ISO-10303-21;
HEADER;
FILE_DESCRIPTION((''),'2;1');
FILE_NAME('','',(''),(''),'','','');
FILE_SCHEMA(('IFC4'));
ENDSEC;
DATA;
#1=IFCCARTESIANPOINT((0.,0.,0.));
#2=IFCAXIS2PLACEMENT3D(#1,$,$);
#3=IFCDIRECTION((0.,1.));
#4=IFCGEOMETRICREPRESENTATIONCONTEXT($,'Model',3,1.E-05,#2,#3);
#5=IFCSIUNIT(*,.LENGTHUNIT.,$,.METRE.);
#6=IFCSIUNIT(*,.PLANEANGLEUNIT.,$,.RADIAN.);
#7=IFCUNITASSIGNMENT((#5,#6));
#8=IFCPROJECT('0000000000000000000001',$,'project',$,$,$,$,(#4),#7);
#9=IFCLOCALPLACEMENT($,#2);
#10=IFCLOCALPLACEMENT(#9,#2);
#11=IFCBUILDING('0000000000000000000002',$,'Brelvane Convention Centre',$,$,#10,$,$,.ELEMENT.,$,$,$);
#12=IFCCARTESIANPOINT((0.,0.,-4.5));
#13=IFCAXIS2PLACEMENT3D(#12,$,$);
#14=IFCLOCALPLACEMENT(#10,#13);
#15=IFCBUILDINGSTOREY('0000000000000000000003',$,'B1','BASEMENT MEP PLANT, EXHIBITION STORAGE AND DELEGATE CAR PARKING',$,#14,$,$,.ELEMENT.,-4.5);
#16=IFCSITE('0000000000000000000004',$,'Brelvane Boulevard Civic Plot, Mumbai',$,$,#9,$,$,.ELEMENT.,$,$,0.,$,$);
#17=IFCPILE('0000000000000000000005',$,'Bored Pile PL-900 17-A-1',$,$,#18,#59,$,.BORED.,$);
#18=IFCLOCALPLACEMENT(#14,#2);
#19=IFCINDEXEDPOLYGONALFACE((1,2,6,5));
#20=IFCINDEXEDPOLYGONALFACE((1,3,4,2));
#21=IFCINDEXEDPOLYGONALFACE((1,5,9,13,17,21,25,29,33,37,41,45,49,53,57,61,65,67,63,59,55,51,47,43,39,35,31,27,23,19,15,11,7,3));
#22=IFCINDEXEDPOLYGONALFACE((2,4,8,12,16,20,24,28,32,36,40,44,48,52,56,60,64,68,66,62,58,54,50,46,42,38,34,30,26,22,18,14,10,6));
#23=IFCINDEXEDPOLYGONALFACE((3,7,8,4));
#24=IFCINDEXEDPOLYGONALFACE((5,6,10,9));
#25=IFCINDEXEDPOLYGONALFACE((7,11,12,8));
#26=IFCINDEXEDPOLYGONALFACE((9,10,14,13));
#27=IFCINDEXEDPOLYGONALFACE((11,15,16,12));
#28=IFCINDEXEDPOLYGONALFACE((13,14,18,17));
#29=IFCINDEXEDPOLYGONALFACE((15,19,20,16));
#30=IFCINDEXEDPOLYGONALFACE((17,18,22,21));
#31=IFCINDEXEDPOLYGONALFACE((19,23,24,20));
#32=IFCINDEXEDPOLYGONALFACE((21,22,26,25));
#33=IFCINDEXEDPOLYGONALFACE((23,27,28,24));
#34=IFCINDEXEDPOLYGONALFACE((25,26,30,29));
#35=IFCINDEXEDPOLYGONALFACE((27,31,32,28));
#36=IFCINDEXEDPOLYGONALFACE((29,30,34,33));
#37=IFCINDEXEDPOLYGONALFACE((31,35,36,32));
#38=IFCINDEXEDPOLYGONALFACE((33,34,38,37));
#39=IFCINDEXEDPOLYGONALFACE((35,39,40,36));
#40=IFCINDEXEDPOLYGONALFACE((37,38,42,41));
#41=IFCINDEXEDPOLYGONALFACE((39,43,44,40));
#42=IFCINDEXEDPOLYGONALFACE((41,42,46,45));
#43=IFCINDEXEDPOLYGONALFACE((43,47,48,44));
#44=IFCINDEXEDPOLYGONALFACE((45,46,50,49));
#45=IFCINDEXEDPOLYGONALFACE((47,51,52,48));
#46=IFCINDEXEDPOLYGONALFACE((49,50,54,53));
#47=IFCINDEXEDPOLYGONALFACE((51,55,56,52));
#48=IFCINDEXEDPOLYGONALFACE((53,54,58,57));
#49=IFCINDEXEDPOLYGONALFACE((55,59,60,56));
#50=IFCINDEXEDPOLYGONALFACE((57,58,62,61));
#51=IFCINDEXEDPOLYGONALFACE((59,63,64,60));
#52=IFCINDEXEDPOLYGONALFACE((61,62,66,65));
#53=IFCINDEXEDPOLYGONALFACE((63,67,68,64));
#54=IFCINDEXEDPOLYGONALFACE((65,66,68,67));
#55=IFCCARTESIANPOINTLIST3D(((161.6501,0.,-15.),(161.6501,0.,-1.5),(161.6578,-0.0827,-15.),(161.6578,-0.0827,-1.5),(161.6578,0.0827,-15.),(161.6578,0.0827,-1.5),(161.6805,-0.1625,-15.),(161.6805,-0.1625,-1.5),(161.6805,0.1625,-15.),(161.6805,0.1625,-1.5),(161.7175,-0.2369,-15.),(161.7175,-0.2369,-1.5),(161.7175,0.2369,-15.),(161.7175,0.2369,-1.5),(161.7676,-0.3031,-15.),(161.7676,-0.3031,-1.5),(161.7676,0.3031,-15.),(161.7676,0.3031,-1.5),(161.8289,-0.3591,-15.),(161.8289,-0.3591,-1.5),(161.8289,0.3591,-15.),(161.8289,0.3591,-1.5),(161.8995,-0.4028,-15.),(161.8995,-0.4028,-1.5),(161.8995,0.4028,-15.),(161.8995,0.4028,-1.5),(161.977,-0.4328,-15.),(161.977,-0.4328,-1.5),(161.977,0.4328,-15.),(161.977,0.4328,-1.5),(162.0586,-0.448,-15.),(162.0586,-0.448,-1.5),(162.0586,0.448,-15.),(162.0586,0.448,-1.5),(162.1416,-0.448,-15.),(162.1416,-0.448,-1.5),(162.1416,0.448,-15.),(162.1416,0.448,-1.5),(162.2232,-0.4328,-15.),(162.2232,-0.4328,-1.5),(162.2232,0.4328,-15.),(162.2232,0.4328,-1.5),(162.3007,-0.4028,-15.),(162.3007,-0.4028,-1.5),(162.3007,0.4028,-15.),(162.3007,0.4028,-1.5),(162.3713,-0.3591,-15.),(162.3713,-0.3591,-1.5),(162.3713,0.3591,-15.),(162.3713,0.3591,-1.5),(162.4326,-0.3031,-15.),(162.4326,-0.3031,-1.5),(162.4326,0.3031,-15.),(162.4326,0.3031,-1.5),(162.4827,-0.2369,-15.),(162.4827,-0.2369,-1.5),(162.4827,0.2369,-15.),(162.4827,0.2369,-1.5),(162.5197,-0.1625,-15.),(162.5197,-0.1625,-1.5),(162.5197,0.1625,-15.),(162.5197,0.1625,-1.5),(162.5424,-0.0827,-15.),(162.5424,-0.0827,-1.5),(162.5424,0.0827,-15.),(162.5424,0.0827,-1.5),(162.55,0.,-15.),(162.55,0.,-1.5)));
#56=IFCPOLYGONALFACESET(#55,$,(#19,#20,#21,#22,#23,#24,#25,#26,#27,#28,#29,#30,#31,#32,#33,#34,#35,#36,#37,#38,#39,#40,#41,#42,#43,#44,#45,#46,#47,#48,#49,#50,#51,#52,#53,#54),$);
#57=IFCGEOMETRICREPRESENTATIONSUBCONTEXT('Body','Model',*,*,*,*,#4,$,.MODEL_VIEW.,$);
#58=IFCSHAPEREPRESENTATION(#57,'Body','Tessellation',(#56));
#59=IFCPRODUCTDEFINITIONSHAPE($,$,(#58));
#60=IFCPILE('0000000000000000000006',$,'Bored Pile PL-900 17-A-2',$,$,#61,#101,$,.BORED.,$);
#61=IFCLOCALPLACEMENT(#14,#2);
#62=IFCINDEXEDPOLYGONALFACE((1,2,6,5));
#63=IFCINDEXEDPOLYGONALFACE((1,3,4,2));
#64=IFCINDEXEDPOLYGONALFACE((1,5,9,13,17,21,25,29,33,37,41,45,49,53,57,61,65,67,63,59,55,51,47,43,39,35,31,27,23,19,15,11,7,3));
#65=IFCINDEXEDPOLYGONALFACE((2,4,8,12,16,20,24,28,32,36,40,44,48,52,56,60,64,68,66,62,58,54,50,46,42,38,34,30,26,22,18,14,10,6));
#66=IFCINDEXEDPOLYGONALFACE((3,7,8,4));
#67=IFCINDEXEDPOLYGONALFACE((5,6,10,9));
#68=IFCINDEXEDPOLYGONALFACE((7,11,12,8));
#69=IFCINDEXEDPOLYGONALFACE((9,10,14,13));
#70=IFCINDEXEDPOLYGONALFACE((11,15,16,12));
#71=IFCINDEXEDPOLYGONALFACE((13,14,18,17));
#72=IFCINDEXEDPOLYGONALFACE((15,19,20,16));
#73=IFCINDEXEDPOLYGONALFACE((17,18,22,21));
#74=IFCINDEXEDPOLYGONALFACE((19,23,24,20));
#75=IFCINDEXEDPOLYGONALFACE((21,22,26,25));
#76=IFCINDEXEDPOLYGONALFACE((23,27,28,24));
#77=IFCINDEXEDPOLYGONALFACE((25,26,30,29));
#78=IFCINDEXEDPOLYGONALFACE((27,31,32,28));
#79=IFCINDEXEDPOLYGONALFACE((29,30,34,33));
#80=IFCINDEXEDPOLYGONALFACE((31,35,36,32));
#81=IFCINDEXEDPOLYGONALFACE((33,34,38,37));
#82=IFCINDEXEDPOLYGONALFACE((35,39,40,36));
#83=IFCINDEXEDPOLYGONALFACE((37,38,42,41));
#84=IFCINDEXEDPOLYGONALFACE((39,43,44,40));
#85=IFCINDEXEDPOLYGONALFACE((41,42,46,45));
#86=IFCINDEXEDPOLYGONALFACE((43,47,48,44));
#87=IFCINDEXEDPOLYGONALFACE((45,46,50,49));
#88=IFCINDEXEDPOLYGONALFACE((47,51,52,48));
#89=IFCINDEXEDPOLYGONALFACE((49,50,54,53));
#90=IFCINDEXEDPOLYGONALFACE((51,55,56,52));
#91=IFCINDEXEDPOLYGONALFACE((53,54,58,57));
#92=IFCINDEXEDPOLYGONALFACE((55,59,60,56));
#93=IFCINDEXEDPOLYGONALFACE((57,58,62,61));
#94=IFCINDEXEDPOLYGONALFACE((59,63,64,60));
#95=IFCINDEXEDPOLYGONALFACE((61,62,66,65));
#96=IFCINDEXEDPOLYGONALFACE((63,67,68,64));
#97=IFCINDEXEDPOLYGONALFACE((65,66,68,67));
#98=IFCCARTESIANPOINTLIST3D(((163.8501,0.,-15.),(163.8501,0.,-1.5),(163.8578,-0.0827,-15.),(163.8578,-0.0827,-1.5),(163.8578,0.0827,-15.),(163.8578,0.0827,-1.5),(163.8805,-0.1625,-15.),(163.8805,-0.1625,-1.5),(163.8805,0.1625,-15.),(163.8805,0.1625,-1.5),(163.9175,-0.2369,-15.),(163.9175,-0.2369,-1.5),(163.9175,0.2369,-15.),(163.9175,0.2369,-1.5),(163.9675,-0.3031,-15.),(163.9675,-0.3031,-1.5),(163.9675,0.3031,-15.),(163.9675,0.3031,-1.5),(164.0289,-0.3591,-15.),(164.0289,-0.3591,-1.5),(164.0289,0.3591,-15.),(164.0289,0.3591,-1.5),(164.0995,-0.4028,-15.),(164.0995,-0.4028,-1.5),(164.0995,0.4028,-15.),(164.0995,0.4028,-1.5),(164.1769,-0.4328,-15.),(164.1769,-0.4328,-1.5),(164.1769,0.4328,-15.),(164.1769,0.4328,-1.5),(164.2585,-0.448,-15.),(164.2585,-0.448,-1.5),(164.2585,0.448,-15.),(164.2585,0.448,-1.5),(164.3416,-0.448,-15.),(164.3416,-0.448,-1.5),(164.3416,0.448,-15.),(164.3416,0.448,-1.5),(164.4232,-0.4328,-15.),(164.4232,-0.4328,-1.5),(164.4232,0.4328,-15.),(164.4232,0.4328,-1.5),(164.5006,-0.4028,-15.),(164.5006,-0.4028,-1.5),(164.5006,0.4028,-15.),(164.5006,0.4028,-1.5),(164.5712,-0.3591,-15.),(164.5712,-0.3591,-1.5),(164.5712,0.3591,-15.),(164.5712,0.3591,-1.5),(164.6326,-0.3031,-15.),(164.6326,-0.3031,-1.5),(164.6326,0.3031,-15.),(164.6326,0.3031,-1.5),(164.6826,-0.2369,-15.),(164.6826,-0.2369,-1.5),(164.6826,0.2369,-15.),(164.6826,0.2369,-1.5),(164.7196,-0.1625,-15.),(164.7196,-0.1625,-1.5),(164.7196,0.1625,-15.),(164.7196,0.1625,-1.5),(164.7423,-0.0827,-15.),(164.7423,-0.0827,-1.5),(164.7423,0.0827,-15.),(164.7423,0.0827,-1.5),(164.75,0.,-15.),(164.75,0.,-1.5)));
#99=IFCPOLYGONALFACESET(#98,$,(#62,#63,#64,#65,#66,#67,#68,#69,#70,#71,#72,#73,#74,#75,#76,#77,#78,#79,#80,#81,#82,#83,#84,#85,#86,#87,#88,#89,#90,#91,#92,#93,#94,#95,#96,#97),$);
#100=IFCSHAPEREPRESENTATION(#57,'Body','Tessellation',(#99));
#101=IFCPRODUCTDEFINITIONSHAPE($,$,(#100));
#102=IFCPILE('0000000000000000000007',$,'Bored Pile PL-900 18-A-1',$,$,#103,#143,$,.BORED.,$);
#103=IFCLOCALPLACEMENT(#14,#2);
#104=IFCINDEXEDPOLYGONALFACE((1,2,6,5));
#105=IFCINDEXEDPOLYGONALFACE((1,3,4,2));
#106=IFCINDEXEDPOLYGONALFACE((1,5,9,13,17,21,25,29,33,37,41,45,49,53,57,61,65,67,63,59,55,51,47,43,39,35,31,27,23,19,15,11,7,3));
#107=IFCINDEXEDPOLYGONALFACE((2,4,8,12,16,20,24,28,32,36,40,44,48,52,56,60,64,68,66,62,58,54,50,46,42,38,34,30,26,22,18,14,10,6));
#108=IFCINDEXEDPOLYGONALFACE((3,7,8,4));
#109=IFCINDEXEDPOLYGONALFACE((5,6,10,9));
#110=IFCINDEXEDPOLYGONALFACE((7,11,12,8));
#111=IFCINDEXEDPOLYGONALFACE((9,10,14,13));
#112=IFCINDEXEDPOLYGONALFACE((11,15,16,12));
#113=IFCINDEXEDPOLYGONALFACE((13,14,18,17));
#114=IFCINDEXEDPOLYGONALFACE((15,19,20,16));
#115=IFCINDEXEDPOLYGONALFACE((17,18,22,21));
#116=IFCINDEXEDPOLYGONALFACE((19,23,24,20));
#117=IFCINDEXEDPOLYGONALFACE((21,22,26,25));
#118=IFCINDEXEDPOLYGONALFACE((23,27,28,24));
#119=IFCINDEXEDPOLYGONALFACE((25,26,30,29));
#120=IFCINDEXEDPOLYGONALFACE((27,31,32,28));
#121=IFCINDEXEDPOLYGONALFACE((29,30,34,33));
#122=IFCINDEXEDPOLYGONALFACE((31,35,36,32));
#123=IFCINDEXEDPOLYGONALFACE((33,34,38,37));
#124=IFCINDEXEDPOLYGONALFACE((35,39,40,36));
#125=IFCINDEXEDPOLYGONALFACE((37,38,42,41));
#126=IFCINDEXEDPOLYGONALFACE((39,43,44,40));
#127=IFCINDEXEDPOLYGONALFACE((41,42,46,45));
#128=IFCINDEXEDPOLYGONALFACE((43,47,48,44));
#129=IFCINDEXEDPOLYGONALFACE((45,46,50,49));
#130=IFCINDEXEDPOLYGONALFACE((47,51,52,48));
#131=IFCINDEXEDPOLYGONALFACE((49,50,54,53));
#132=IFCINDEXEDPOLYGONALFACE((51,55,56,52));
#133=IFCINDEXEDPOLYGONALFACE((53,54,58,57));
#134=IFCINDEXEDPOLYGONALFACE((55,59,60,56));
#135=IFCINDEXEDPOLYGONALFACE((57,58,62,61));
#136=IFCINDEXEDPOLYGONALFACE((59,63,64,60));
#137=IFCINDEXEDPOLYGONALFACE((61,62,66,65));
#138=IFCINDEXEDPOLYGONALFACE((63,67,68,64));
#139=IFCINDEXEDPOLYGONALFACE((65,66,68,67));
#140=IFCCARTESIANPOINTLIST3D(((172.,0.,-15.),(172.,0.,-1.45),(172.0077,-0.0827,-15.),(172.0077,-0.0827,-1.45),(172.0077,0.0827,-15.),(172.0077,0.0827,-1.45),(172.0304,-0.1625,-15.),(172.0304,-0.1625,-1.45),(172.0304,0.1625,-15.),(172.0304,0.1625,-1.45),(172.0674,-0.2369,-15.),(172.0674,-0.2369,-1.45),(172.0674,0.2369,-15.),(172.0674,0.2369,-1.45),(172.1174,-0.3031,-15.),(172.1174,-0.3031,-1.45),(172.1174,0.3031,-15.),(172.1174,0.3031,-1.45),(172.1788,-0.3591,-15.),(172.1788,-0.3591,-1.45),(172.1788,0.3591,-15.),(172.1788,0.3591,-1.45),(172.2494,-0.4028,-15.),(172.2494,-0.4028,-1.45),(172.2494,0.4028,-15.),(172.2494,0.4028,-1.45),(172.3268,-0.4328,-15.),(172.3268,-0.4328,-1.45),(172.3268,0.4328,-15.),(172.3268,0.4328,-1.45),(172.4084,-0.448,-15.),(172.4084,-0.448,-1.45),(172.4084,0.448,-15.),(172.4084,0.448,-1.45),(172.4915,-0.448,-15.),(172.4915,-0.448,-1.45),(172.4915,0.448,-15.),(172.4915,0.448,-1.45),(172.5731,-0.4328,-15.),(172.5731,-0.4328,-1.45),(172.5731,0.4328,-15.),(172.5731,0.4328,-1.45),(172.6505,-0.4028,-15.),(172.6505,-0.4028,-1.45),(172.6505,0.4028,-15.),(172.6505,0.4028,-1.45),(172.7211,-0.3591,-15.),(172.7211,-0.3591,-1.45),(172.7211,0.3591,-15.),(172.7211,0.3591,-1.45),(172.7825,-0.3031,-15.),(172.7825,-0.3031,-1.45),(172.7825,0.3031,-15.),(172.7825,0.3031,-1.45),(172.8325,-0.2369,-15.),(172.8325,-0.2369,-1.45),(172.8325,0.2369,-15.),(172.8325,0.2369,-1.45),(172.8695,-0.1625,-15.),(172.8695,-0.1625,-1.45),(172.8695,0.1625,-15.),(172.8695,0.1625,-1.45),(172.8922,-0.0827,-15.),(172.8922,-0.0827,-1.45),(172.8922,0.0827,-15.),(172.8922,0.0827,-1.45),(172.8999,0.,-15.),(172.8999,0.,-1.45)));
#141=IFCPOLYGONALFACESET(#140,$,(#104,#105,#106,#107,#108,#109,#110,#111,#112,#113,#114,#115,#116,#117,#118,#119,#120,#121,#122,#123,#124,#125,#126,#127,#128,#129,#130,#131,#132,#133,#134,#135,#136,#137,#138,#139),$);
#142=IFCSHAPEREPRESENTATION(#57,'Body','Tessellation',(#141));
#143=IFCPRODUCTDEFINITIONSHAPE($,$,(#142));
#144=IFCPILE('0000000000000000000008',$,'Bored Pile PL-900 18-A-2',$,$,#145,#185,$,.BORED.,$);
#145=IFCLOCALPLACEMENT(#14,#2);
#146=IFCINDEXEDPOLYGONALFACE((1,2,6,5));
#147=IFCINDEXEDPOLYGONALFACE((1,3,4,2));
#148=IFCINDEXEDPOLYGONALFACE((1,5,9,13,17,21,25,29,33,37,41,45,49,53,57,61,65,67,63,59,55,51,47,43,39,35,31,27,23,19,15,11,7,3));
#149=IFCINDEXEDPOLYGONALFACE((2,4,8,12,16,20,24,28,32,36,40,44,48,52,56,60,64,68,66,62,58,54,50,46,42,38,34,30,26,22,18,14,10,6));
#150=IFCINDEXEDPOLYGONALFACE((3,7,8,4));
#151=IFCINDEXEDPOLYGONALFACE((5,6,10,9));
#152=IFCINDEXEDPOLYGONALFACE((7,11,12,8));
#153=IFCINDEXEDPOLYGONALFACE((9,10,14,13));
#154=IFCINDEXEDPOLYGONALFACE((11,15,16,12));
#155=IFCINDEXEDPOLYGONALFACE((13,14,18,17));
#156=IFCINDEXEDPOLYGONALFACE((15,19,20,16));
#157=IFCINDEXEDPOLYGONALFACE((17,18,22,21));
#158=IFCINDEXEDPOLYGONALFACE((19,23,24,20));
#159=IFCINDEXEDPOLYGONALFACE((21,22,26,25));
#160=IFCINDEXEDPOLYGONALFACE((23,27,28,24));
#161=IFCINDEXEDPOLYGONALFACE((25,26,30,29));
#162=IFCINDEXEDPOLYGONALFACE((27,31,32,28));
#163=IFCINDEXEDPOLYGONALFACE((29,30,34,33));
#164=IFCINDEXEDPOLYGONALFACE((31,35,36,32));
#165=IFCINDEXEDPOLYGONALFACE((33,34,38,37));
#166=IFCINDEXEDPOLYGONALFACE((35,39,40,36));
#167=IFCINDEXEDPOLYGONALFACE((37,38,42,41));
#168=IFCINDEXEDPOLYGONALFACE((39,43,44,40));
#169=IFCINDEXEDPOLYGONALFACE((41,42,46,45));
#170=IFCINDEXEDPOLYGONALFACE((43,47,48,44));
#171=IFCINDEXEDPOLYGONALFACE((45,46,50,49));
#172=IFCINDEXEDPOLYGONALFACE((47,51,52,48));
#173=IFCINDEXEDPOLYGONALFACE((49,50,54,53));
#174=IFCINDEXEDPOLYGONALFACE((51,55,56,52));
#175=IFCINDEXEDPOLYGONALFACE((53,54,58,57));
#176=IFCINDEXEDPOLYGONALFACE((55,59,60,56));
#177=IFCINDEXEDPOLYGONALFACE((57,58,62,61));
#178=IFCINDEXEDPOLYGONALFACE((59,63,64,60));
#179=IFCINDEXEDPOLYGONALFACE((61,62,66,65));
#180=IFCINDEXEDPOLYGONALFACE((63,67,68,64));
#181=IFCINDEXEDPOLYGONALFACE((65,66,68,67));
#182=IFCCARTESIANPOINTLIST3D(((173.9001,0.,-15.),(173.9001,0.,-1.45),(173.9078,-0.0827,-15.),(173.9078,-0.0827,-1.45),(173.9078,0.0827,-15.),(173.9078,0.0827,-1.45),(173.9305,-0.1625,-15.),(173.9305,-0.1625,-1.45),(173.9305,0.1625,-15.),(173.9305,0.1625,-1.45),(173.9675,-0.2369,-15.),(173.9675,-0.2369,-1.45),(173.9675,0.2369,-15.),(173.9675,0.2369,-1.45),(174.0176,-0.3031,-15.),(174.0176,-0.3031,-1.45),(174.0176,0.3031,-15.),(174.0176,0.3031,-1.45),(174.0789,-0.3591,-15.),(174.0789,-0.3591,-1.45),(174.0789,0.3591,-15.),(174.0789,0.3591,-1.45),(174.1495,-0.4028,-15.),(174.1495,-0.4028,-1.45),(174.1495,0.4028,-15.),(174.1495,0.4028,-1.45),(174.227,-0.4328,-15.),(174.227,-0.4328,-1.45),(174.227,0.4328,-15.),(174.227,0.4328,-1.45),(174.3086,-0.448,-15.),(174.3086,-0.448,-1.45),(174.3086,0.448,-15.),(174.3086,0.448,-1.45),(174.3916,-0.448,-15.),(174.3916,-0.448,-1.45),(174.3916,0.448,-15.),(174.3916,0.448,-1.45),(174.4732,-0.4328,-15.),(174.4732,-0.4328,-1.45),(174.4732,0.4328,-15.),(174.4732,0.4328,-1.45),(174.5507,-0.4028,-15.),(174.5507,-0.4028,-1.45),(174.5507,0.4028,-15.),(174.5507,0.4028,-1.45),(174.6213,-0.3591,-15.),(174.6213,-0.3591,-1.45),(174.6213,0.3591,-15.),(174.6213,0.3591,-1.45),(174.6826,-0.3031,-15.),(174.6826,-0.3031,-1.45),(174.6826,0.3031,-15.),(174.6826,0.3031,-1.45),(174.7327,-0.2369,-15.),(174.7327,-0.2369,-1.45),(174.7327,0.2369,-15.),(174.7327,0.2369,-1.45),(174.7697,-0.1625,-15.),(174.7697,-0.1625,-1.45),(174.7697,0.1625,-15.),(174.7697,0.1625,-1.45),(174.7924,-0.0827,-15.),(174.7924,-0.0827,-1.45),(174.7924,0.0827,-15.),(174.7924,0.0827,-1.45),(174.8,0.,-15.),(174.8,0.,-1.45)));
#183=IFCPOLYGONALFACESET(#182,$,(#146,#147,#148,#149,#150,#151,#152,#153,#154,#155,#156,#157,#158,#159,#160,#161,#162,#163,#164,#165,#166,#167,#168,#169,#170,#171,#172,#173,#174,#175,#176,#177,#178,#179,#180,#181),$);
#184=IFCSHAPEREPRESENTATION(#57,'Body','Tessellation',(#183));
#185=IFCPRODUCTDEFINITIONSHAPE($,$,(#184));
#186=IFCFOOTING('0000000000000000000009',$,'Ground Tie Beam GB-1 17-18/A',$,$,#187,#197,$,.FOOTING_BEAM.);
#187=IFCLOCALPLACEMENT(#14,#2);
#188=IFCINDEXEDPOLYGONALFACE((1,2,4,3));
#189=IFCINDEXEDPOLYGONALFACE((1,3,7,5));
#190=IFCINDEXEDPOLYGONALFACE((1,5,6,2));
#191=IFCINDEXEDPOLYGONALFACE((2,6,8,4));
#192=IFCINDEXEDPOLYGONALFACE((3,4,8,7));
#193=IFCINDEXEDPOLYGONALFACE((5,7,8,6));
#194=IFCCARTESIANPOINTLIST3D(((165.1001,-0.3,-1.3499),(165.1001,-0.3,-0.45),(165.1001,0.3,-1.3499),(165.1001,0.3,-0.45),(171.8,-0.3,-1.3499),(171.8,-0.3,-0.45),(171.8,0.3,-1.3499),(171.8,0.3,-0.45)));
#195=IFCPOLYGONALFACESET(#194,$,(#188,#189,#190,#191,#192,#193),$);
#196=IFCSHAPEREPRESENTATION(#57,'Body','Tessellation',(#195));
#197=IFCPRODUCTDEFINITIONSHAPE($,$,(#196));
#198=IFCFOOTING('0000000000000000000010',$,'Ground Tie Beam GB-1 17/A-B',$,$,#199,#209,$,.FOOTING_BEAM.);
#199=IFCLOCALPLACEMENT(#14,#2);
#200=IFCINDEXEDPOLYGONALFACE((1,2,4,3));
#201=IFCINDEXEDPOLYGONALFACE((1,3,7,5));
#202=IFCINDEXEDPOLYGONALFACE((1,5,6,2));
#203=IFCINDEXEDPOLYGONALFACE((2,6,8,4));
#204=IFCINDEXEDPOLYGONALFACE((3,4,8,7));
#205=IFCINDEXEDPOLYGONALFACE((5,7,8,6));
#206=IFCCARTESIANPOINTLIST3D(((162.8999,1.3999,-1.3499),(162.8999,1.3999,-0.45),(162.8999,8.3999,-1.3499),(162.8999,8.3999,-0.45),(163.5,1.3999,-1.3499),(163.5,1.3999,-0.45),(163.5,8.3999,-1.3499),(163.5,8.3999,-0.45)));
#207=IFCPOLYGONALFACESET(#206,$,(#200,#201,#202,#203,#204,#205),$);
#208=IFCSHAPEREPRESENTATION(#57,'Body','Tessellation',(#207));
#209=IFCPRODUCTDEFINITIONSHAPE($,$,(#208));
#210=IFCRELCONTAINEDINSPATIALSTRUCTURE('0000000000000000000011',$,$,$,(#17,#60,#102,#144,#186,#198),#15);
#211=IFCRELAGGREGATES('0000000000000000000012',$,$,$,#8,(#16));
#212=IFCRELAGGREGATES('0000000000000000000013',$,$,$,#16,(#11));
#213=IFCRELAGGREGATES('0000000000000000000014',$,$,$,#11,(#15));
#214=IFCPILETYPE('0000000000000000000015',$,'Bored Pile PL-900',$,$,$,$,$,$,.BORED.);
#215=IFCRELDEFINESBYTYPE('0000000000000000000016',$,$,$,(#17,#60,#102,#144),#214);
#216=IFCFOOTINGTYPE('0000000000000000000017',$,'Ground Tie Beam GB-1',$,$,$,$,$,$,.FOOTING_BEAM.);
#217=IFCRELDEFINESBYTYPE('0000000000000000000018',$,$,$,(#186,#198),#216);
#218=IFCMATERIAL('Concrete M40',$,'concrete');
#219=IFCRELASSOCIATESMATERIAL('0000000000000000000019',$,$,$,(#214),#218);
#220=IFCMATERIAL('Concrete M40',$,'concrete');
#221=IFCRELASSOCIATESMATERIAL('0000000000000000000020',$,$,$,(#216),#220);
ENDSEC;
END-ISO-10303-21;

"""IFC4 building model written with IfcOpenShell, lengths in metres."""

from ifc_helpers import new_model, si_unit, direction, frame, origin, origin_2d, place, context, subcontext, project, spatial, rectangle, circle, extrude, material, material_profile, profile_set, type_object, element, save


model = new_model("IFC4")

# Units and contexts
model_context = context("Model", 3, precision=1e-05, world=origin(), true_north=direction((0.0, 1.0)))
body_context = subcontext(model_context, "Body", "Model", "MODEL_VIEW")
ifc_project = project(units=[si_unit("LENGTHUNIT", "METRE"), si_unit("PLANEANGLEUNIT", "RADIAN")], contexts=[model_context])

# Site, building, storey
site_placement = place(None, origin())
site = spatial("IfcSite", under=ifc_project, at=site_placement, Name="Brelvane Boulevard Civic Plot, Mumbai", CompositionType="ELEMENT", RefElevation=0.0)
building_placement = place(site_placement, origin())
building = spatial("IfcBuilding", under=site, at=building_placement, Name="Brelvane Convention Centre", CompositionType="ELEMENT")
storey_placement = place(building_placement, frame((0.0, 0.0, -4.5)))
storey = spatial("IfcBuildingStorey", under=building, at=storey_placement, Name="B1", Description="BASEMENT MEP PLANT, EXHIBITION STORAGE AND DELEGATE CAR PARKING", CompositionType="ELEMENT", Elevation=-4.5)

# Piles
ifc_material_1 = material(Name="Concrete M40", Category="concrete")
ifc_material_profile_1 = material_profile(ifc_material_1, circle(Radius=0.45, at=origin_2d()), Name="PILE D900")
ifc_profile_set_1 = profile_set([ifc_material_profile_1], Name="Concrete M40")
pile_type = type_object("IfcPileType", Name="Bored Pile PL-900", PredefinedType="BORED", material=ifc_profile_set_1)
for number, where, z_axis, x_axis, name in (
    (1, (162.1001, 0.0, -1.5), (0.0, 0.0, -1.0), (1.0, 0.0, 0.0), "Bored Pile PL-900 17-A-1"),
    (2, (164.3, 0.0, -1.5), (0.0, 0.0, -1.0), (1.0, 0.0, 0.0), "Bored Pile PL-900 17-A-2"),
):
    element("IfcPile", number, at=place(storey_placement, frame(where, z_axis=z_axis, x_axis=x_axis)), inside=storey, type_object=pile_type, Name=name, PredefinedType="BORED", context=body_context, shape_type="SweptSolid", body=[
        extrude(circle(Radius=0.45, at=origin_2d()), origin(), (0.0, 0.0, 1.0), 13.5),
    ])
for number, where, z_axis, x_axis, name in (
    (3, (172.45, 0.0, -1.45), (0.0, 0.0, -1.0), (1.0, 0.0, 0.0), "Bored Pile PL-900 18-A-1"),
    (4, (174.3501, 0.0, -1.45), (0.0, 0.0, -1.0), (1.0, 0.0, 0.0), "Bored Pile PL-900 18-A-2"),
):
    element("IfcPile", number, at=place(storey_placement, frame(where, z_axis=z_axis, x_axis=x_axis)), inside=storey, type_object=pile_type, Name=name, PredefinedType="BORED", context=body_context, shape_type="SweptSolid", body=[
        extrude(circle(Radius=0.45, at=origin_2d()), origin(), (0.0, 0.0, 1.0), 13.55),
    ])

# Footings
ifc_material_2 = material(Name="Concrete M40", Category="concrete")
ifc_material_profile_2 = material_profile(ifc_material_2, rectangle(XDim=0.6001, YDim=0.8999, at=origin_2d()), Name="RC 600x900")
ifc_profile_set_2 = profile_set([ifc_material_profile_2], Name="Concrete M40")
footing_type_1 = type_object("IfcFootingType", Name="Ground Tie Beam GB-1", PredefinedType="FOOTING_BEAM", material=ifc_profile_set_2)
footing_1_placement = place(storey_placement, frame((165.1001, 0.0, -0.8999), z_axis=(1.0, 0.0, 0.0), x_axis=(0.0, 1.0, 0.0)))
element("IfcFooting", 5, at=footing_1_placement, inside=storey, type_object=footing_type_1, Name="Ground Tie Beam GB-1 17-18/A", PredefinedType="FOOTING_BEAM", context=body_context, shape_type="SweptSolid", body=[
    extrude(rectangle(XDim=0.6001, YDim=0.8999, at=origin_2d()), origin(), (0.0, 0.0, 1.0), 6.7),
])
footing_2_placement = place(storey_placement, frame((163.2, 1.3999, -0.8999), z_axis=(0.0, 1.0, 0.0), x_axis=(-1.0, 0.0, 0.0)))
element("IfcFooting", 6, at=footing_2_placement, inside=storey, type_object=footing_type_1, Name="Ground Tie Beam GB-1 17/A-B", PredefinedType="FOOTING_BEAM", context=body_context, shape_type="SweptSolid", body=[
    extrude(rectangle(XDim=0.6001, YDim=0.8999, at=origin_2d()), origin(), (0.0, 0.0, 1.0), 7.0),
])

save(model, "model.ifc")
